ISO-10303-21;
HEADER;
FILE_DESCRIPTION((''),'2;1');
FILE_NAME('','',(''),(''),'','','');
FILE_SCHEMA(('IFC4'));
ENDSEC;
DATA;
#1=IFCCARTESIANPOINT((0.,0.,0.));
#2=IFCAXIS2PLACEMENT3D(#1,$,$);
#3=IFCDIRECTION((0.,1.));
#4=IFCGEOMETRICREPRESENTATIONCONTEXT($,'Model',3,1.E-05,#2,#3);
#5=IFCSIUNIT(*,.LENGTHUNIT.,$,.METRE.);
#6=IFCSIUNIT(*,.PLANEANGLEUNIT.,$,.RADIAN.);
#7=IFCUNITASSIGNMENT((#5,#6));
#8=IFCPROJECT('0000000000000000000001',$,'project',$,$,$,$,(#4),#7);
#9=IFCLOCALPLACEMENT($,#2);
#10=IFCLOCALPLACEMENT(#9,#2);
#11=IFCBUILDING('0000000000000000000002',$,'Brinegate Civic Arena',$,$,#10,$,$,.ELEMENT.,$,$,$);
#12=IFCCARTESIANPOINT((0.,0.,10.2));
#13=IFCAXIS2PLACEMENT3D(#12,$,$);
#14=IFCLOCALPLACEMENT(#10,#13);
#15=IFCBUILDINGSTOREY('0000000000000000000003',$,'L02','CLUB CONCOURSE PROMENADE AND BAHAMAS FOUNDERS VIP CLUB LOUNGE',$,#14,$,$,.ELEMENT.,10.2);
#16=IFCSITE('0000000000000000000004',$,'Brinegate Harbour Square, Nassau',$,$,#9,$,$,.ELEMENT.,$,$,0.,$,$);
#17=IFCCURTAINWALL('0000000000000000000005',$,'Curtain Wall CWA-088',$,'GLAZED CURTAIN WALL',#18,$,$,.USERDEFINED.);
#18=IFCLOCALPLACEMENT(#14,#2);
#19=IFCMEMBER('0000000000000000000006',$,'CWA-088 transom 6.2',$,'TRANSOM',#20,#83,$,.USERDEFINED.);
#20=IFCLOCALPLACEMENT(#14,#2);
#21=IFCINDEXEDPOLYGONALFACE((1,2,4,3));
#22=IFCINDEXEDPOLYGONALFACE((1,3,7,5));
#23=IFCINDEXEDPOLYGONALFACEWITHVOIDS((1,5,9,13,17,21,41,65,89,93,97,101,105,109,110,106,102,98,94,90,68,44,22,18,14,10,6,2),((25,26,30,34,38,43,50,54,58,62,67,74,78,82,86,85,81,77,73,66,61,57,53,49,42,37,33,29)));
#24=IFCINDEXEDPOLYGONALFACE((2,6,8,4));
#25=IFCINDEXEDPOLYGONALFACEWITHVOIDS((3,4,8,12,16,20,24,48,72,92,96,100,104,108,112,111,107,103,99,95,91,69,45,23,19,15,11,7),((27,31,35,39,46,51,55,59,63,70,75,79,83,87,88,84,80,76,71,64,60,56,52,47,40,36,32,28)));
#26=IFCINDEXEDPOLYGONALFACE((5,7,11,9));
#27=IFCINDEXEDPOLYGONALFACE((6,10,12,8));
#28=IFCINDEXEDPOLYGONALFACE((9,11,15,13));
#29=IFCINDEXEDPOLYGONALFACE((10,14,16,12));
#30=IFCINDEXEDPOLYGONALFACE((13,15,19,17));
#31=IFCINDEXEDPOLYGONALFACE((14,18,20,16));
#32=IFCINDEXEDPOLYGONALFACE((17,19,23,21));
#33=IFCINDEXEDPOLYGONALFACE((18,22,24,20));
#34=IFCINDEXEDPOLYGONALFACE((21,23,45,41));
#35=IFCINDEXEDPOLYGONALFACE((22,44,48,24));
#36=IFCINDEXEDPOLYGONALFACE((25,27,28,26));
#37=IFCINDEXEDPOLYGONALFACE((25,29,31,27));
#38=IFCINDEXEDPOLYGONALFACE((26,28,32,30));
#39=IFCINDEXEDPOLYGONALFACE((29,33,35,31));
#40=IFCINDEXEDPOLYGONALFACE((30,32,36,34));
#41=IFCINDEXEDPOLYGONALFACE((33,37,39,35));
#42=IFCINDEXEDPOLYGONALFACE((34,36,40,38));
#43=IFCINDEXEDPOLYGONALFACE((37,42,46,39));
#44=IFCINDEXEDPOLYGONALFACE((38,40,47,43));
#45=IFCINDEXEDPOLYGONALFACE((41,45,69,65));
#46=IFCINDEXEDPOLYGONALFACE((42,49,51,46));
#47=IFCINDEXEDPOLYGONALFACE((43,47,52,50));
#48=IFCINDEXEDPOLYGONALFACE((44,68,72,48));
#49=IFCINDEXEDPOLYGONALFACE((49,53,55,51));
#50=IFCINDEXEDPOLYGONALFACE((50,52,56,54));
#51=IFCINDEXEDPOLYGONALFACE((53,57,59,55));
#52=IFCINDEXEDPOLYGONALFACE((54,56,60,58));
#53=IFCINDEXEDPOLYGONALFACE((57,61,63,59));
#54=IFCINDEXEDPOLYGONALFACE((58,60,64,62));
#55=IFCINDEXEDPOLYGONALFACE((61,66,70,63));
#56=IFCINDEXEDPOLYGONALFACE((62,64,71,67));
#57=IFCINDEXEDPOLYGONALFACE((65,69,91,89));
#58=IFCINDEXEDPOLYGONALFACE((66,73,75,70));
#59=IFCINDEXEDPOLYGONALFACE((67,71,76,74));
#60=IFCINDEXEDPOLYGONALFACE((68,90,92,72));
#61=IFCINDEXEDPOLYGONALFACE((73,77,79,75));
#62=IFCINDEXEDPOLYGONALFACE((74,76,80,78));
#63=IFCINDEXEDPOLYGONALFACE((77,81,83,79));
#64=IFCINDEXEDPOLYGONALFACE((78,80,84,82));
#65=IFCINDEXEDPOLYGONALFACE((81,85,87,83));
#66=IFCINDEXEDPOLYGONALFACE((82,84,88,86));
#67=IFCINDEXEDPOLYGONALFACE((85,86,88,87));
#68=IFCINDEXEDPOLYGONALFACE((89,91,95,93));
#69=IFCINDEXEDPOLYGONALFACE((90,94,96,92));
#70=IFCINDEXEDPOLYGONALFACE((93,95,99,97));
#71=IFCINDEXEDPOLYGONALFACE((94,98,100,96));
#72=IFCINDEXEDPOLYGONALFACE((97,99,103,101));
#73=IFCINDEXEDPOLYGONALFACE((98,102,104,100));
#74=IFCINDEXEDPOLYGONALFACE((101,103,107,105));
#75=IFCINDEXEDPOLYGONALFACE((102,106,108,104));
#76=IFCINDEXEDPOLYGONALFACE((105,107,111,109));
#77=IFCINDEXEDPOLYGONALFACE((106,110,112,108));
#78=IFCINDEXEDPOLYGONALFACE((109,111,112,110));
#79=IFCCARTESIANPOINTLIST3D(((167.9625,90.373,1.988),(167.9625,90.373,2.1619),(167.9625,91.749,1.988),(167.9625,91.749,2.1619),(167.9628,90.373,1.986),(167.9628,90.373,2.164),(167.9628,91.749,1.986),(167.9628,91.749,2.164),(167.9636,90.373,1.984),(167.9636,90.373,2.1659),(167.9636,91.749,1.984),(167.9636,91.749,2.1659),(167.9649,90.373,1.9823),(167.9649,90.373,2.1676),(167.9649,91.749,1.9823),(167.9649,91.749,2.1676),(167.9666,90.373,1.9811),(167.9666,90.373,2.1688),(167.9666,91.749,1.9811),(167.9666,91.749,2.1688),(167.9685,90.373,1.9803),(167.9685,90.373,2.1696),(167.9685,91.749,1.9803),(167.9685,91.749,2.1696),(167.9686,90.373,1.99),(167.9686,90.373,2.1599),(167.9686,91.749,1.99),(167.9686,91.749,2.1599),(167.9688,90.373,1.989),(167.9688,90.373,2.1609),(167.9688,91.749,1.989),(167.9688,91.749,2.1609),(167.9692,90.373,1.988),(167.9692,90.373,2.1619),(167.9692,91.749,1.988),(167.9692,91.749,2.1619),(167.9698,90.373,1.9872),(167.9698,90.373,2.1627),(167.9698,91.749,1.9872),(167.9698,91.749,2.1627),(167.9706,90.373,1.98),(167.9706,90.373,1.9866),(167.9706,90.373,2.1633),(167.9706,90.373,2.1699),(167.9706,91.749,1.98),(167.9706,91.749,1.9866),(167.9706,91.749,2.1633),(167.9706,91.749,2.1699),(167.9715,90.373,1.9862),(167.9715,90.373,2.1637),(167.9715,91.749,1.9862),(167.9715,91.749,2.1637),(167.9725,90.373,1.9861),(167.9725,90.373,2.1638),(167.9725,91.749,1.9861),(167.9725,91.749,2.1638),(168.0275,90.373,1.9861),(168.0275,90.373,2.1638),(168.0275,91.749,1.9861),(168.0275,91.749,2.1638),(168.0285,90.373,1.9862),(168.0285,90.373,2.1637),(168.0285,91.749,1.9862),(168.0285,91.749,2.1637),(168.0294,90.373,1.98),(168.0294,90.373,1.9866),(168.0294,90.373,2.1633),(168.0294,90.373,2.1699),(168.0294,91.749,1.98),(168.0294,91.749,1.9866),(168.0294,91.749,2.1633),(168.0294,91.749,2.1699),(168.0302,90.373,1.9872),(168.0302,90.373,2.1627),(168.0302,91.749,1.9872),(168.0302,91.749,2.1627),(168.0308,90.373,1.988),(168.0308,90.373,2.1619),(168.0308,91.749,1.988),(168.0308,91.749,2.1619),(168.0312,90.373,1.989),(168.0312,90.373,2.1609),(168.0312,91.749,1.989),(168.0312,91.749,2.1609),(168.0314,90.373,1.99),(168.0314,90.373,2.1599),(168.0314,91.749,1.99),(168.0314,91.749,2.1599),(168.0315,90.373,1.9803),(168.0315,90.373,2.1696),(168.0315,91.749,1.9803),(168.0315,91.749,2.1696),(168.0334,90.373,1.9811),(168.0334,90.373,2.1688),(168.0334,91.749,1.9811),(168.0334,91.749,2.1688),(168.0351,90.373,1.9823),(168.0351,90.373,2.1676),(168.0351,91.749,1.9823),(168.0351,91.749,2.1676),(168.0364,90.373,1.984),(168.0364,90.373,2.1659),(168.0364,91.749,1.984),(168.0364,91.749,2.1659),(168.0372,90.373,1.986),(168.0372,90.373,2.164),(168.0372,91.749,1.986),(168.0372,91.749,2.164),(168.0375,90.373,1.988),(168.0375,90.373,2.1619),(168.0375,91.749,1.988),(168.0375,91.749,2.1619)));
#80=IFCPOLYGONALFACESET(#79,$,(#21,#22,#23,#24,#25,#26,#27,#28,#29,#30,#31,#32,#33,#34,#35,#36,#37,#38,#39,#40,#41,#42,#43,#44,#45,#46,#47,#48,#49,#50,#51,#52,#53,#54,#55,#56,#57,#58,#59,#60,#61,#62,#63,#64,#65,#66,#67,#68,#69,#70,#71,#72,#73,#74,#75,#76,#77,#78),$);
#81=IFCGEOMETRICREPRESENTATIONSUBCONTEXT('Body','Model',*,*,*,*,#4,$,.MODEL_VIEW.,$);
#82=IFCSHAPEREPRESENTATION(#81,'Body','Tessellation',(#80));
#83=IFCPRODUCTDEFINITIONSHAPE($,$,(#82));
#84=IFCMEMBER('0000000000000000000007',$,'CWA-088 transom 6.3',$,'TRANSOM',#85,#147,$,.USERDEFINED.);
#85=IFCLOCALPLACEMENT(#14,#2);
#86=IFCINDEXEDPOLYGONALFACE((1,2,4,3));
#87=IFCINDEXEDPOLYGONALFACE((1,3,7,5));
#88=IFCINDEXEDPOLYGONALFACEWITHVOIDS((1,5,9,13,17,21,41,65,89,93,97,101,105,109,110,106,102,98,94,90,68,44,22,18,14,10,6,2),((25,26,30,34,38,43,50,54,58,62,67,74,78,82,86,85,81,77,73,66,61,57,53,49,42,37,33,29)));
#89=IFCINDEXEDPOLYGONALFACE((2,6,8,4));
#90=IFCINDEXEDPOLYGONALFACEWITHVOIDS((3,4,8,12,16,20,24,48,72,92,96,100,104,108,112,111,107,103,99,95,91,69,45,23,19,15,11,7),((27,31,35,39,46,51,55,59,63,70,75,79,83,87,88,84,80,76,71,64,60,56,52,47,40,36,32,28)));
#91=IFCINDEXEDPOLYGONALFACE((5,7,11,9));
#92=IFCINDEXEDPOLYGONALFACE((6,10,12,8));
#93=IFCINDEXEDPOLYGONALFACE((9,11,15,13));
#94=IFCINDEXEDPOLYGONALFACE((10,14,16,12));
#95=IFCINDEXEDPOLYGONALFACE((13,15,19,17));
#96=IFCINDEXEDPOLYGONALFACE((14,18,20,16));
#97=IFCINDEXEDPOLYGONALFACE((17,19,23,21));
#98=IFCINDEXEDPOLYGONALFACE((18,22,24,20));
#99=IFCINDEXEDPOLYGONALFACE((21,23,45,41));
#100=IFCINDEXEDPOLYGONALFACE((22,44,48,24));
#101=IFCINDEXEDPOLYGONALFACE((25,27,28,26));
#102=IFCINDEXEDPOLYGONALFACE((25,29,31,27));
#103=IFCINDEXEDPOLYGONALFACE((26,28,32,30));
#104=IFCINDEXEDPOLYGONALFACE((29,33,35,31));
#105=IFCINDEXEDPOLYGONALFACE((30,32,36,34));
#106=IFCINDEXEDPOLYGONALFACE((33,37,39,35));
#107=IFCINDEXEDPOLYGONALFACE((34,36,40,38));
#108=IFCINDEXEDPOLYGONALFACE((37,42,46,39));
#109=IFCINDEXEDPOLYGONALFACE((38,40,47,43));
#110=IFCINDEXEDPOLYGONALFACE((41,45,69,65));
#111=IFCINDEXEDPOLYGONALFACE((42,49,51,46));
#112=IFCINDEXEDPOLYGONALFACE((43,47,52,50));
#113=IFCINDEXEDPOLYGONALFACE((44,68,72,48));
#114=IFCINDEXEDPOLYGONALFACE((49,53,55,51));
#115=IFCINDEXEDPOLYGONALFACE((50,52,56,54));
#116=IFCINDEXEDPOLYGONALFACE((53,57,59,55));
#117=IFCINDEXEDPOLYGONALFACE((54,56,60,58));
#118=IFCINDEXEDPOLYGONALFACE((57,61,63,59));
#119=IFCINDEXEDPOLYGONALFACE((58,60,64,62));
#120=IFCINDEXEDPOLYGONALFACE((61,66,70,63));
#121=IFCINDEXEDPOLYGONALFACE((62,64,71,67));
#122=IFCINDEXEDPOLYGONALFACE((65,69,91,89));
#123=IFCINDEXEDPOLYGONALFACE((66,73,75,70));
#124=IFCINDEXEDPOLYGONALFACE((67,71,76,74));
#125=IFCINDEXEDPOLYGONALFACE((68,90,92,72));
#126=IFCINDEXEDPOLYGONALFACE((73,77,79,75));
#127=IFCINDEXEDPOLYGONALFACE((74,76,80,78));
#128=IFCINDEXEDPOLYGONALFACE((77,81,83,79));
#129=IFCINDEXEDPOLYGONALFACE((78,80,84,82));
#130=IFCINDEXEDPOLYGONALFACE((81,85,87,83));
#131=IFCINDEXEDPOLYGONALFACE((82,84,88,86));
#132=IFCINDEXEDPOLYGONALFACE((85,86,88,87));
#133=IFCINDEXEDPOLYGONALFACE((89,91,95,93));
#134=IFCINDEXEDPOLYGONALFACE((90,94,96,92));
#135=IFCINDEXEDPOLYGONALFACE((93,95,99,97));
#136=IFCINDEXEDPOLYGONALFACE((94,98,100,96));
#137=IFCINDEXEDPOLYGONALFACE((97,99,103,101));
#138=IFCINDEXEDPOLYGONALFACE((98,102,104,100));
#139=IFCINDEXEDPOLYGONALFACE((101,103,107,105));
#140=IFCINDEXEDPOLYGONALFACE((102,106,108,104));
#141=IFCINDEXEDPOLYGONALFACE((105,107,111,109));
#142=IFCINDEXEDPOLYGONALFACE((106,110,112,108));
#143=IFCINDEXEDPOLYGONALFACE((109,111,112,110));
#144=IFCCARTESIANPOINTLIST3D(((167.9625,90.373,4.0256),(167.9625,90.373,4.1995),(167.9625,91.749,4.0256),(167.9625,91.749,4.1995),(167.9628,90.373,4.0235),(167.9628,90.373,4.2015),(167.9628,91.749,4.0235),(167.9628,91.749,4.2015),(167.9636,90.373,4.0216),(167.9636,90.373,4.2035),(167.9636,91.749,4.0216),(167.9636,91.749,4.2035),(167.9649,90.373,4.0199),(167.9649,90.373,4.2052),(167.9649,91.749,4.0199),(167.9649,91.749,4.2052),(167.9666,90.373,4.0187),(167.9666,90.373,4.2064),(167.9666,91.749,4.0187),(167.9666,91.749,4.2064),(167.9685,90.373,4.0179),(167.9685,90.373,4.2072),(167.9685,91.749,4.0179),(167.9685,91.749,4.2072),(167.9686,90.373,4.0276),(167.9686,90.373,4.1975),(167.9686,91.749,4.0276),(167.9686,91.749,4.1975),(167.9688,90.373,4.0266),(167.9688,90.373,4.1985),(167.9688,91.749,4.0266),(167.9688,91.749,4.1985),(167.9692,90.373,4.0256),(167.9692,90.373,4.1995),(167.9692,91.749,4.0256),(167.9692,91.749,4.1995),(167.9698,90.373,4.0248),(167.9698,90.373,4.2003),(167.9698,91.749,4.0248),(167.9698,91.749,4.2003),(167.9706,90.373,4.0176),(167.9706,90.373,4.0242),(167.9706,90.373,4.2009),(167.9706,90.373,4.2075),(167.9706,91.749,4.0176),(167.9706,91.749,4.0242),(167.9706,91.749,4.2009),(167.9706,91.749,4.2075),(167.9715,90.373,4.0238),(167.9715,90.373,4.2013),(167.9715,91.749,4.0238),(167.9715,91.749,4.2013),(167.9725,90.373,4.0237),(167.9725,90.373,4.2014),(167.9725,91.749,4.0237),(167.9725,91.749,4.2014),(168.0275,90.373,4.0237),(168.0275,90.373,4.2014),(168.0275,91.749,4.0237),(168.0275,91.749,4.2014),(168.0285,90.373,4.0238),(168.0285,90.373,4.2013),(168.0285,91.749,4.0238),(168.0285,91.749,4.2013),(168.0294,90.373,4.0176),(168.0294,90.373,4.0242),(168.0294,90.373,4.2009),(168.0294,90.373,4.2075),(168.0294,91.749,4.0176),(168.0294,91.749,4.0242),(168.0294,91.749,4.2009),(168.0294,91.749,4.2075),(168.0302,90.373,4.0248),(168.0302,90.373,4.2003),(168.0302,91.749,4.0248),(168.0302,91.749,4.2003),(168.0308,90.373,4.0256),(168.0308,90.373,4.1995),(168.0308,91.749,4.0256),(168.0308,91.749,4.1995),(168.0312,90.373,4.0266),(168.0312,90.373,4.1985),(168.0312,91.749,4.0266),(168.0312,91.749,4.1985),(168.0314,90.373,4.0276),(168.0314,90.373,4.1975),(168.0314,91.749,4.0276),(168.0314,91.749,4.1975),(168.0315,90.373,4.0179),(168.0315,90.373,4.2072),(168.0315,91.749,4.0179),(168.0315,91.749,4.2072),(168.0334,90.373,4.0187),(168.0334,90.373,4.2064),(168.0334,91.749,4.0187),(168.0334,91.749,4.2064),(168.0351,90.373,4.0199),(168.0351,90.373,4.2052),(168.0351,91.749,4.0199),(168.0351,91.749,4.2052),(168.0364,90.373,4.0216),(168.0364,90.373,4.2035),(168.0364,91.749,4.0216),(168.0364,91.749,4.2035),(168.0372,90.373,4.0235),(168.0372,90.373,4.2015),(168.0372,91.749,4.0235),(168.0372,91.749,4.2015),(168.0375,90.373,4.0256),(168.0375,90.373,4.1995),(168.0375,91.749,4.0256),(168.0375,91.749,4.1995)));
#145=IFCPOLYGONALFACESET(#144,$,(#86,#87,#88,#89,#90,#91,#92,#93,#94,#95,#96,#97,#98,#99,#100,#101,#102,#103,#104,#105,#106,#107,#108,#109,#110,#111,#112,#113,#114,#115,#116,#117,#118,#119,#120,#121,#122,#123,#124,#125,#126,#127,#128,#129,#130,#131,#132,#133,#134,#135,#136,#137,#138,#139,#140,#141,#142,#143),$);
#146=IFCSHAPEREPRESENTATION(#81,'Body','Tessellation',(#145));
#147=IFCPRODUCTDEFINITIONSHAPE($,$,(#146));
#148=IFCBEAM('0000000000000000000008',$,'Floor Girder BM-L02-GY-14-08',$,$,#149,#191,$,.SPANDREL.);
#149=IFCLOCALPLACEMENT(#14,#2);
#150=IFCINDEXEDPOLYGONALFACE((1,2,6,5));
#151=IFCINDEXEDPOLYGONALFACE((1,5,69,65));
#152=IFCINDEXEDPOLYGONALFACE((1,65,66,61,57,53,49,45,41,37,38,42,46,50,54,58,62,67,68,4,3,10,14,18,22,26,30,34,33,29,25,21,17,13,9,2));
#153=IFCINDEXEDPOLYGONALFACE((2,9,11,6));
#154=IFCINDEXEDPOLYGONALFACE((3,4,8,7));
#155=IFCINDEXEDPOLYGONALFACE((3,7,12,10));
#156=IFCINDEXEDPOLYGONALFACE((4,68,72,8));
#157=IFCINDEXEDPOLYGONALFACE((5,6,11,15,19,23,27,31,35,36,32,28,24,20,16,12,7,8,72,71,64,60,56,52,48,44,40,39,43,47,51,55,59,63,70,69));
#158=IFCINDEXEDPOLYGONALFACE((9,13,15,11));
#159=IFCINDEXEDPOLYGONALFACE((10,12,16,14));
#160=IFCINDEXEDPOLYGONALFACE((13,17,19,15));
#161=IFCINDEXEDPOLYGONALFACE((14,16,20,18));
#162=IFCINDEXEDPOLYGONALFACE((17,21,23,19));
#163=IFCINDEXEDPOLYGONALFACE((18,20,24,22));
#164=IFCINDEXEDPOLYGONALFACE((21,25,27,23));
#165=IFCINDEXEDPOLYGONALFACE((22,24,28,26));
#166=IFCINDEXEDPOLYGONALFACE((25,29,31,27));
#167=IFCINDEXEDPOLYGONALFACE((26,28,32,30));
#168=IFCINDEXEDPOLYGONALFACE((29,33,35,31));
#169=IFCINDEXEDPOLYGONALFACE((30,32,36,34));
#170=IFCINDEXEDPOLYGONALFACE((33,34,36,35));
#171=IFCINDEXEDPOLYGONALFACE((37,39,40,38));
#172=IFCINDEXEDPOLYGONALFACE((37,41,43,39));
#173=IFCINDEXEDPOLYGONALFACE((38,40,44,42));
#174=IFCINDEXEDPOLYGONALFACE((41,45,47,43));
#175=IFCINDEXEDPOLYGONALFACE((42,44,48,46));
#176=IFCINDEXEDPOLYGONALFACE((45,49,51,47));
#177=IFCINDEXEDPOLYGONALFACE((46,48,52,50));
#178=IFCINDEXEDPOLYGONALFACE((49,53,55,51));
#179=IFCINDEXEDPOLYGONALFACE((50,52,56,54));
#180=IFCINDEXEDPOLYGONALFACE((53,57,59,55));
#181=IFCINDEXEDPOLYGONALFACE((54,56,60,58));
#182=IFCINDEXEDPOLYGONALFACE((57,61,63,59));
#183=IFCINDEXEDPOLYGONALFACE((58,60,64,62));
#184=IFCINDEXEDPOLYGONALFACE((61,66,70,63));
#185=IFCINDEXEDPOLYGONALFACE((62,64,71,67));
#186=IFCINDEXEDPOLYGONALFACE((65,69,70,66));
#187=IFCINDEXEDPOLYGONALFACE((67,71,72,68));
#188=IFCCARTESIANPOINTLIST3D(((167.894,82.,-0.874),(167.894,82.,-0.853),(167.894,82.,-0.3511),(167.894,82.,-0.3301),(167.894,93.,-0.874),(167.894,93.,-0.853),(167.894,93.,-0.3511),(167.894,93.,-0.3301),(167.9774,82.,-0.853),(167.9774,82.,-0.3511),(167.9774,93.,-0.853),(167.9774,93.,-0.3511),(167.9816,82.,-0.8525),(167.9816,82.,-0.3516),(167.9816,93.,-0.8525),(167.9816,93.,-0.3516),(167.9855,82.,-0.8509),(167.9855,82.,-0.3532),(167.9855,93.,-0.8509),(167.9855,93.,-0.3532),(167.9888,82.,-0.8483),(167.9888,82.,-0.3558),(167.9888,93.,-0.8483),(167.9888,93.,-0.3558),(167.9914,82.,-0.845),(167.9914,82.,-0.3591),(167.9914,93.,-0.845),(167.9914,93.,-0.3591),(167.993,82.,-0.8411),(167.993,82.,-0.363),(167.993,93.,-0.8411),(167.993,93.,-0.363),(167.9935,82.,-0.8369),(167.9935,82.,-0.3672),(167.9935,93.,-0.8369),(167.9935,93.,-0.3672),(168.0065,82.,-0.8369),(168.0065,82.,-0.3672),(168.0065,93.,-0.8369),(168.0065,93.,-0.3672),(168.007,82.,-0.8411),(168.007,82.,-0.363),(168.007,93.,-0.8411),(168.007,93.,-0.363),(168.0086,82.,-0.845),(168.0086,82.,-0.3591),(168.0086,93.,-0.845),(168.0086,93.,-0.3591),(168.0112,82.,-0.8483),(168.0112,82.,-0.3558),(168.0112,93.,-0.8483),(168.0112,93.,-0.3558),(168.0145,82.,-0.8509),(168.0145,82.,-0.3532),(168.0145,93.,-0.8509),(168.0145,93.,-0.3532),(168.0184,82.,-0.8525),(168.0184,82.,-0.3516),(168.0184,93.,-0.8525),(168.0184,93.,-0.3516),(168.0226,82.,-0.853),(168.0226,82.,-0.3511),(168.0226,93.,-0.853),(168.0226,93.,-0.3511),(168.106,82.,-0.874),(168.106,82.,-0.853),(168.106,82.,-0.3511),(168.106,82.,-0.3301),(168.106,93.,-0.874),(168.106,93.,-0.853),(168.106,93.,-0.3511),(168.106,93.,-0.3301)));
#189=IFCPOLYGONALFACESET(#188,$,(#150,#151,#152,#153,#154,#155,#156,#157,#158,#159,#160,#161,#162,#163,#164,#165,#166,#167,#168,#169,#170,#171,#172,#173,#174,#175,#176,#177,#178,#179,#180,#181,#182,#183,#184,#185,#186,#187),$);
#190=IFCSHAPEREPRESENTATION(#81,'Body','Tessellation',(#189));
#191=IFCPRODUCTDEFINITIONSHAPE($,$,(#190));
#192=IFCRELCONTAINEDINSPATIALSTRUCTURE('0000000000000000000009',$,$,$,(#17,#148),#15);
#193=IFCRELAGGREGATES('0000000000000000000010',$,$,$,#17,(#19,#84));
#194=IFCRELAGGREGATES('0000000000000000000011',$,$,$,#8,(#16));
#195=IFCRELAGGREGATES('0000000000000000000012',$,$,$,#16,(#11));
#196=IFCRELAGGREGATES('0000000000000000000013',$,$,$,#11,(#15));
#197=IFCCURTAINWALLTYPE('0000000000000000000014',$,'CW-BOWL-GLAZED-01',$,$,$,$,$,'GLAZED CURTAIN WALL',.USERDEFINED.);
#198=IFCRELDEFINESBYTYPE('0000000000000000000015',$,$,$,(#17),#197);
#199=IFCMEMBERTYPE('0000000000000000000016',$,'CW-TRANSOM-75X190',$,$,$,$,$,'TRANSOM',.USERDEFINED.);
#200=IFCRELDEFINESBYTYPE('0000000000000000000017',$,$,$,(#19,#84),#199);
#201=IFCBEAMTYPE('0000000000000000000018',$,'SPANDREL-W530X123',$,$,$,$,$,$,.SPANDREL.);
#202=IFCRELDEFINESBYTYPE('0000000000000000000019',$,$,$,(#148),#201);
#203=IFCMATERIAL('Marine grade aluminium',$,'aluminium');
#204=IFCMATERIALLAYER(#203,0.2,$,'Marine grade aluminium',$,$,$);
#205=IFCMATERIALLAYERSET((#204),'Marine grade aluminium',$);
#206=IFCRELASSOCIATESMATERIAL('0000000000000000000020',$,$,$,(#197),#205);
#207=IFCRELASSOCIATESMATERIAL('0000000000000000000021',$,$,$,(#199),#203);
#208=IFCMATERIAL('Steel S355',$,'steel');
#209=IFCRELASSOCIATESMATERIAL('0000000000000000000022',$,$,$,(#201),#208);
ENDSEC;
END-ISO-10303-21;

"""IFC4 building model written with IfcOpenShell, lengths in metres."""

from ifc_helpers import new_model, si_unit, direction, frame, origin, origin_2d, place, context, subcontext, project, spatial, hollow_rectangle, i_section, extrude, material, layer, layer_set, material_profile, profile_set, type_object, element, aggregate, save


model = new_model("IFC4")

# Units and contexts
model_context = context("Model", 3, precision=1e-05, world=origin(), true_north=direction((0.0, 1.0)))
body_context = subcontext(model_context, "Body", "Model", "MODEL_VIEW")
ifc_project = project(units=[si_unit("LENGTHUNIT", "METRE"), si_unit("PLANEANGLEUNIT", "RADIAN")], contexts=[model_context])

# Site, building, storey
site_placement = place(None, origin())
site = spatial("IfcSite", under=ifc_project, at=site_placement, Name="Brinegate Harbour Square, Nassau", CompositionType="ELEMENT", RefElevation=0.0)
building_placement = place(site_placement, origin())
building = spatial("IfcBuilding", under=site, at=building_placement, Name="Brinegate Civic Arena", CompositionType="ELEMENT")
storey_placement = place(building_placement, frame((0.0, 0.0, 10.2)))
storey = spatial("IfcBuildingStorey", under=building, at=storey_placement, Name="L02", Description="CLUB CONCOURSE PROMENADE AND BAHAMAS FOUNDERS VIP CLUB LOUNGE", CompositionType="ELEMENT", Elevation=10.2)

# Curtain wall, members
ifc_material_1 = material(Name="Marine grade aluminium", Category="aluminium")
ifc_layer_1 = layer(ifc_material_1, 0.2, Name="Marine grade aluminium")
ifc_layer_set_1 = layer_set([ifc_layer_1], Name="Marine grade aluminium")
curtain_wall_type = type_object("IfcCurtainWallType", Name="CW-BOWL-GLAZED-01", ElementType="GLAZED CURTAIN WALL", PredefinedType="USERDEFINED", material=ifc_layer_set_1)
curtain_wall_placement = place(storey_placement, origin())
curtain_wall = element("IfcCurtainWall", 1, at=curtain_wall_placement, inside=storey, type_object=curtain_wall_type, Name="Curtain Wall CWA-088", ObjectType="GLAZED CURTAIN WALL", PredefinedType="USERDEFINED")
ifc_material_profile_1 = material_profile(ifc_material_1, hollow_rectangle(XDim=0.075, YDim=0.1899, WallThickness=0.0061, InnerFilletRadius=0.0039, OuterFilletRadius=0.0081, at=origin_2d()), Name="TRN75X190")
ifc_profile_set_1 = profile_set([ifc_material_profile_1], Name="Marine grade aluminium")
member_type_1 = type_object("IfcMemberType", Name="CW-TRANSOM-75X190", ElementType="TRANSOM", PredefinedType="USERDEFINED", material=ifc_profile_set_1)
member_1_placement = place(storey_placement, frame((168.0, 90.373, 2.075), z_axis=(0.0, 1.0, 0.0), x_axis=(-1.0, 0.0, 0.0)))
member_1 = element("IfcMember", 2, at=member_1_placement, type_object=member_type_1, Name="CWA-088 transom 6.2", ObjectType="TRANSOM", PredefinedType="USERDEFINED", context=body_context, shape_type="SweptSolid", body=[
    extrude(hollow_rectangle(XDim=0.075, YDim=0.1899, WallThickness=0.0061, InnerFilletRadius=0.0039, OuterFilletRadius=0.0081, at=origin_2d()), origin(), (0.0, 0.0, 1.0), 1.376),
])
member_2_placement = place(storey_placement, frame((168.0, 90.373, 4.1125), z_axis=(0.0, 1.0, 0.0), x_axis=(-1.0, 0.0, 0.0)))
member_2 = element("IfcMember", 3, at=member_2_placement, type_object=member_type_1, Name="CWA-088 transom 6.3", ObjectType="TRANSOM", PredefinedType="USERDEFINED", context=body_context, shape_type="SweptSolid", body=[
    extrude(hollow_rectangle(XDim=0.075, YDim=0.1899, WallThickness=0.0061, InnerFilletRadius=0.0039, OuterFilletRadius=0.0081, at=origin_2d()), origin(), (0.0, 0.0, 1.0), 1.376),
])

# Beam
ifc_material_2 = material(Name="Steel S355", Category="steel")
ifc_material_profile_2 = material_profile(ifc_material_2, i_section(OverallWidth=0.2119, OverallDepth=0.5439, WebThickness=0.0129, FlangeThickness=0.021, FilletRadius=0.0161, at=origin_2d()), Name="W530X123")
ifc_profile_set_2 = profile_set([ifc_material_profile_2], Name="Steel S355")
beam_type = type_object("IfcBeamType", Name="SPANDREL-W530X123", PredefinedType="SPANDREL", material=ifc_profile_set_2)
beam_placement = place(storey_placement, frame((168.0, 82.0, -0.6021), z_axis=(0.0, 1.0, 0.0), x_axis=(-1.0, 0.0, 0.0)))
element("IfcBeam", 4, at=beam_placement, inside=storey, type_object=beam_type, Name="Floor Girder BM-L02-GY-14-08", PredefinedType="SPANDREL", context=body_context, shape_type="SweptSolid", body=[
    extrude(i_section(OverallWidth=0.2119, OverallDepth=0.5439, WebThickness=0.0129, FlangeThickness=0.021, FilletRadius=0.0161, at=origin_2d()), origin(), (0.0, 0.0, 1.0), 11.0),
])

aggregate(curtain_wall, [member_1, member_2])

save(model, "model.ifc")
